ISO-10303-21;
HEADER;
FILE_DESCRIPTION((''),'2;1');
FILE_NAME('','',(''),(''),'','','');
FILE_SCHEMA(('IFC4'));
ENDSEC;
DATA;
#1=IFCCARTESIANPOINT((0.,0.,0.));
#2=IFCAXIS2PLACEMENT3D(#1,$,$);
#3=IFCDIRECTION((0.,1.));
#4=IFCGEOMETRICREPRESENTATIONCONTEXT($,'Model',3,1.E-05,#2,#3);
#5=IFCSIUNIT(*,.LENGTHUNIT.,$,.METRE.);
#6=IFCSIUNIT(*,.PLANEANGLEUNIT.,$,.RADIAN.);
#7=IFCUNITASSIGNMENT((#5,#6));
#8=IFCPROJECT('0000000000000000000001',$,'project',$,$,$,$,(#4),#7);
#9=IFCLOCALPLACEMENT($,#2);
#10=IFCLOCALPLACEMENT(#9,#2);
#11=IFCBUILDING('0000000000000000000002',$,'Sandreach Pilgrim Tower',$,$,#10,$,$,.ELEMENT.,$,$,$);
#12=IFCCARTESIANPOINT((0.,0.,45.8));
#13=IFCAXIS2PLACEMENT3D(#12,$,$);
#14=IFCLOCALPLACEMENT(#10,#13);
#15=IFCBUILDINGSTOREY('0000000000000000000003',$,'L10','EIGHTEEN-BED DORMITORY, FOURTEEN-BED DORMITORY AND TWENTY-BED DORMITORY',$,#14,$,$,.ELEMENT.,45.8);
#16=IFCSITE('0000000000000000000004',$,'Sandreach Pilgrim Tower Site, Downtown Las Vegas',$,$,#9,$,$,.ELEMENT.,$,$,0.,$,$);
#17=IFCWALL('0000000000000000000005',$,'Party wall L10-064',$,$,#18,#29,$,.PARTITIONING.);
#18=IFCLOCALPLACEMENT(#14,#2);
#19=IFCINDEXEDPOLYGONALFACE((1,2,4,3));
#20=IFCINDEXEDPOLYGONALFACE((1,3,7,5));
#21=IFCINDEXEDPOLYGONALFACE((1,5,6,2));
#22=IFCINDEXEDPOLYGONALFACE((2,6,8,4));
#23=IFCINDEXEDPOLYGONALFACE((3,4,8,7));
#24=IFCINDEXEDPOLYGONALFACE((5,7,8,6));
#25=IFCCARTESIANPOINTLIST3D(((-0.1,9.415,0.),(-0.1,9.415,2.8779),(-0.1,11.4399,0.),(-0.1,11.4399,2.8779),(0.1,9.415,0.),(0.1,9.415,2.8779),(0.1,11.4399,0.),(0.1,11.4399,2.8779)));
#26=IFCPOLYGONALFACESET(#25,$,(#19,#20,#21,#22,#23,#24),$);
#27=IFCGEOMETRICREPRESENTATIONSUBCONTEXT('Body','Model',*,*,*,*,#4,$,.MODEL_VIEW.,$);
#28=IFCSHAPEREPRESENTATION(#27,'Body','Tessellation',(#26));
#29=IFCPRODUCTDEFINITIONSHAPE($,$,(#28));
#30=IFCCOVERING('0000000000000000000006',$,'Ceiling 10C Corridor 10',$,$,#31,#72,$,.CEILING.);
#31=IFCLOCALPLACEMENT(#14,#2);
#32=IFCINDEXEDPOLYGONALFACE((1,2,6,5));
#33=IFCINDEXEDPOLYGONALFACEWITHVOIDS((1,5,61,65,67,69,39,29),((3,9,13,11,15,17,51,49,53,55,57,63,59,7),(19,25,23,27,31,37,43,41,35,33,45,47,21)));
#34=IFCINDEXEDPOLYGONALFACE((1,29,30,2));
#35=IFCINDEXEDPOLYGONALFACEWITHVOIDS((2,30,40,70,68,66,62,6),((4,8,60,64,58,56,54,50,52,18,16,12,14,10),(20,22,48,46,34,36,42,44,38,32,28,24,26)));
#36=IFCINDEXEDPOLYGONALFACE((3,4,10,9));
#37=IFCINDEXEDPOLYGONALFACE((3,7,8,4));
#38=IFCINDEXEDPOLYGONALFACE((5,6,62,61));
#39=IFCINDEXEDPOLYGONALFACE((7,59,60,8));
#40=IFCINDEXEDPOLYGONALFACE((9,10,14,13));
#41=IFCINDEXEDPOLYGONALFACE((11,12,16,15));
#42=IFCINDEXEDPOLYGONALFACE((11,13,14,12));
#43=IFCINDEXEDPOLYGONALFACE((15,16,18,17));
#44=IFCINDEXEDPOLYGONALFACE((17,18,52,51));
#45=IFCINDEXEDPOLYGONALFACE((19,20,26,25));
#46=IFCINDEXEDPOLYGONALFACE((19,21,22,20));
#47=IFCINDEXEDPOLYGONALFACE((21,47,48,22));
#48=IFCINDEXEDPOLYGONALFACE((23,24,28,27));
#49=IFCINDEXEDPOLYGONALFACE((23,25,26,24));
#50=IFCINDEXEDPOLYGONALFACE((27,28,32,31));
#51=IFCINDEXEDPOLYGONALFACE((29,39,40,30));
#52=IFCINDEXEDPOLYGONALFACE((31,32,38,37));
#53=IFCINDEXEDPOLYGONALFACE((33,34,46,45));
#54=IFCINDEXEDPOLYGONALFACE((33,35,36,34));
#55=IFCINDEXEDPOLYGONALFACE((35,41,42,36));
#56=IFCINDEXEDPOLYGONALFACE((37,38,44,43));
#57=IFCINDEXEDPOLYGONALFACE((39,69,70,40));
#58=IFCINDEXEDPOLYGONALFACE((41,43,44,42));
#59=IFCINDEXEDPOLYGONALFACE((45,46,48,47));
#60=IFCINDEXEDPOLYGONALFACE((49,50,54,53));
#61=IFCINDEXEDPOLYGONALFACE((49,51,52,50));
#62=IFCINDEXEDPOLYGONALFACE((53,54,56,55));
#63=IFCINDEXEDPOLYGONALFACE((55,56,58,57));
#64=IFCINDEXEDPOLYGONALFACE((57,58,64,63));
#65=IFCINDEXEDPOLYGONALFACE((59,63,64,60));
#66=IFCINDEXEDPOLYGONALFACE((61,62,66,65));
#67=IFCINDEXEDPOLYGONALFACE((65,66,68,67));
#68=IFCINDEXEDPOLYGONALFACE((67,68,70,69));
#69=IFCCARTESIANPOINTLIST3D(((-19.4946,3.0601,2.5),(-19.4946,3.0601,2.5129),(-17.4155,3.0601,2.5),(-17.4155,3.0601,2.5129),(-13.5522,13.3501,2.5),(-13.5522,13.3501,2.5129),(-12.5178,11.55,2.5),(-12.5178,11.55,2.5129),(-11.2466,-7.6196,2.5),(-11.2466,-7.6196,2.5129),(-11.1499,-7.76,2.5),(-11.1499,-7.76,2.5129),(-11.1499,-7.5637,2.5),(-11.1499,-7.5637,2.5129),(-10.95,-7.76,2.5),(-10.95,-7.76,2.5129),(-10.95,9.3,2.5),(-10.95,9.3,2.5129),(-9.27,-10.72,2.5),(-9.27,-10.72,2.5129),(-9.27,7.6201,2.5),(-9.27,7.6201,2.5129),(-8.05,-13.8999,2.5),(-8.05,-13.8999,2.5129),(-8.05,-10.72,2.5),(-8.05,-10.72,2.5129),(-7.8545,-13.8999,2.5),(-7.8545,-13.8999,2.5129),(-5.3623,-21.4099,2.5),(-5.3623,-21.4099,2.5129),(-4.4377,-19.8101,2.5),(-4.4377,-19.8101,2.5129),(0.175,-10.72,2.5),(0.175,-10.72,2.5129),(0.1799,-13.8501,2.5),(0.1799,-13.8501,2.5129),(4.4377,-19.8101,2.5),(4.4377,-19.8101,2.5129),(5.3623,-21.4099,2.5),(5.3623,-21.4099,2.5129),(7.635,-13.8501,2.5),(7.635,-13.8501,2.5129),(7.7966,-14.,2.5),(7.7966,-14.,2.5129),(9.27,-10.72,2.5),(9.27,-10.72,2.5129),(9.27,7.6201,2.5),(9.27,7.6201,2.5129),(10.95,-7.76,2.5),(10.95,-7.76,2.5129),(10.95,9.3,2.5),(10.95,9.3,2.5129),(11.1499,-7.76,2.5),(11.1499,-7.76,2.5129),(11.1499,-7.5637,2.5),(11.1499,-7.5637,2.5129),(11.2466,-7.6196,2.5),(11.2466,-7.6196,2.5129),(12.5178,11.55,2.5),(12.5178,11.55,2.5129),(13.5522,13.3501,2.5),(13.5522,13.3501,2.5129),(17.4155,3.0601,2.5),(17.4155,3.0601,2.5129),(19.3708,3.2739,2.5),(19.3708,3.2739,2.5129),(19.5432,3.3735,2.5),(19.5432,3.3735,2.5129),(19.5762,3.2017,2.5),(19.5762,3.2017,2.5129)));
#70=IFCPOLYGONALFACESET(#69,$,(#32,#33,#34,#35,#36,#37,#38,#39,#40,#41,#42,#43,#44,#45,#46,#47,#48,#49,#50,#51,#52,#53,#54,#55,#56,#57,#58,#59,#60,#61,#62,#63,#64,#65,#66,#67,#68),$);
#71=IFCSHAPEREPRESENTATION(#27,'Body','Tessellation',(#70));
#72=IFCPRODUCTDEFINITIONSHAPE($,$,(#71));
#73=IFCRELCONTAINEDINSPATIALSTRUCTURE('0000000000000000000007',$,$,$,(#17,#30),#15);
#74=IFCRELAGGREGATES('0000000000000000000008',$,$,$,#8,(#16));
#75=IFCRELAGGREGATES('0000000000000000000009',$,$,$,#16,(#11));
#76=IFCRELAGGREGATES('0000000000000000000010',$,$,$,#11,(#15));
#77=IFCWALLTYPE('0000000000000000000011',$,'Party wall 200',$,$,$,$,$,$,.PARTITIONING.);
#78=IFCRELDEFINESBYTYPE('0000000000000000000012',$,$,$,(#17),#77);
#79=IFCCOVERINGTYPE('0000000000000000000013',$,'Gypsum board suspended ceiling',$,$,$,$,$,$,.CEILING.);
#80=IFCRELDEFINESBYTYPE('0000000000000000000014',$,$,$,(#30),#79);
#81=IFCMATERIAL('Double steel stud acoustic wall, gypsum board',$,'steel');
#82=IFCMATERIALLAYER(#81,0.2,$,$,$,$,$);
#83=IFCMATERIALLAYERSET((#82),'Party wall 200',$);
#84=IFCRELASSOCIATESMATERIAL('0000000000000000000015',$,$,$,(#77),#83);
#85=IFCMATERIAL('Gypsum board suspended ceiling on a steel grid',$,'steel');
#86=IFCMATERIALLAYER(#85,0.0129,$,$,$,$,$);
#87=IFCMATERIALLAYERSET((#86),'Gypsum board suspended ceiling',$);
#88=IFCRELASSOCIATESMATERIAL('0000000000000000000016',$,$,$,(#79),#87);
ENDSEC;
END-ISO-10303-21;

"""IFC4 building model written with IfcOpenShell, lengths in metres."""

from ifc_helpers import new_model, si_unit, direction, frame, frame_2d, origin, place, context, subcontext, project, spatial, polyline, rectangle, outline, extrude, material, layer, layer_set, type_object, element, save


model = new_model("IFC4")

# Units and contexts
model_context = context("Model", 3, precision=1e-05, world=origin(), true_north=direction((0.0, 1.0)))
body_context = subcontext(model_context, "Body", "Model", "MODEL_VIEW")
ifc_project = project(units=[si_unit("LENGTHUNIT", "METRE"), si_unit("PLANEANGLEUNIT", "RADIAN")], contexts=[model_context])

# Site, building, storey
site_placement = place(None, origin())
site = spatial("IfcSite", under=ifc_project, at=site_placement, Name="Sandreach Pilgrim Tower Site, Downtown Las Vegas", CompositionType="ELEMENT", RefElevation=0.0)
building_placement = place(site_placement, origin())
building = spatial("IfcBuilding", under=site, at=building_placement, Name="Sandreach Pilgrim Tower", CompositionType="ELEMENT")
storey_placement = place(building_placement, frame((0.0, 0.0, 45.8)))
storey = spatial("IfcBuildingStorey", under=building, at=storey_placement, Name="L10", Description="EIGHTEEN-BED DORMITORY, FOURTEEN-BED DORMITORY AND TWENTY-BED DORMITORY", CompositionType="ELEMENT", Elevation=45.8)

# Wall
ifc_material_1 = material(Name="Double steel stud acoustic wall, gypsum board", Category="steel")
ifc_layer_1 = layer(ifc_material_1, 0.2)
ifc_layer_set_1 = layer_set([ifc_layer_1], Name="Party wall 200")
wall_type_1 = type_object("IfcWallType", Name="Party wall 200", PredefinedType="PARTITIONING", material=ifc_layer_set_1)
wall_1_placement = place(storey_placement, frame((0.0, 11.4399, 0.0), z_axis=(0.0, 0.0, 1.0), x_axis=(0.0, -1.0, 0.0)))
element("IfcWall", 1, at=wall_1_placement, inside=storey, type_object=wall_type_1, Name="Party wall L10-064", PredefinedType="PARTITIONING", context=body_context, shape_type="SweptSolid", body=[
    extrude(rectangle(XDim=2.0249, YDim=0.2, at=frame_2d((1.0125, 0.0))), origin(), (0.0, 0.0, 1.0), 2.8779),
])

# Covering
ifc_material_2 = material(Name="Gypsum board suspended ceiling on a steel grid", Category="steel")
ifc_layer_2 = layer(ifc_material_2, 0.0129)
ifc_layer_set_2 = layer_set([ifc_layer_2], Name="Gypsum board suspended ceiling")
covering_type = type_object("IfcCoveringType", Name="Gypsum board suspended ceiling", PredefinedType="CEILING", material=ifc_layer_set_2)
covering_placement = place(storey_placement, frame((0.0, 0.0, 2.5)))
element("IfcCovering", 2, at=covering_placement, inside=storey, type_object=covering_type, Name="Ceiling 10C Corridor 10", PredefinedType="CEILING", context=body_context, shape_type="SweptSolid", body=[
    extrude(outline(polyline([(-19.4946, 3.0601), (-13.5522, 13.3501), (13.5522, 13.3501), (19.3708, 3.2739), (19.5432, 3.3735), (19.5762, 3.2017), (5.3623, -21.4099), (-5.3623, -21.4099), (-19.4946, 3.0601)]), holes=[polyline([(-17.4155, 3.0601), (-11.2466, -7.6196), (-11.1499, -7.5637), (-11.1499, -7.76), (-10.95, -7.76), (-10.95, 9.3), (10.95, 9.3), (10.95, -7.76), (11.1499, -7.76), (11.1499, -7.5637), (11.2466, -7.6196), (17.4155, 3.0601), (12.5178, 11.55), (-12.5178, 11.55), (-17.4155, 3.0601)]), polyline([(-8.05, -10.72), (-8.05, -13.8999), (-7.8545, -13.8999), (-4.4377, -19.8101), (4.4377, -19.8101), (7.7966, -14.0), (7.635, -13.8501), (0.1799, -13.8501), (0.175, -10.72), (9.27, -10.72), (9.27, 7.6201), (-9.27, 7.6201), (-9.27, -10.72), (-8.05, -10.72)])]), origin(), (0.0, 0.0, 1.0), 0.0129),
])

save(model, "model.ifc")
